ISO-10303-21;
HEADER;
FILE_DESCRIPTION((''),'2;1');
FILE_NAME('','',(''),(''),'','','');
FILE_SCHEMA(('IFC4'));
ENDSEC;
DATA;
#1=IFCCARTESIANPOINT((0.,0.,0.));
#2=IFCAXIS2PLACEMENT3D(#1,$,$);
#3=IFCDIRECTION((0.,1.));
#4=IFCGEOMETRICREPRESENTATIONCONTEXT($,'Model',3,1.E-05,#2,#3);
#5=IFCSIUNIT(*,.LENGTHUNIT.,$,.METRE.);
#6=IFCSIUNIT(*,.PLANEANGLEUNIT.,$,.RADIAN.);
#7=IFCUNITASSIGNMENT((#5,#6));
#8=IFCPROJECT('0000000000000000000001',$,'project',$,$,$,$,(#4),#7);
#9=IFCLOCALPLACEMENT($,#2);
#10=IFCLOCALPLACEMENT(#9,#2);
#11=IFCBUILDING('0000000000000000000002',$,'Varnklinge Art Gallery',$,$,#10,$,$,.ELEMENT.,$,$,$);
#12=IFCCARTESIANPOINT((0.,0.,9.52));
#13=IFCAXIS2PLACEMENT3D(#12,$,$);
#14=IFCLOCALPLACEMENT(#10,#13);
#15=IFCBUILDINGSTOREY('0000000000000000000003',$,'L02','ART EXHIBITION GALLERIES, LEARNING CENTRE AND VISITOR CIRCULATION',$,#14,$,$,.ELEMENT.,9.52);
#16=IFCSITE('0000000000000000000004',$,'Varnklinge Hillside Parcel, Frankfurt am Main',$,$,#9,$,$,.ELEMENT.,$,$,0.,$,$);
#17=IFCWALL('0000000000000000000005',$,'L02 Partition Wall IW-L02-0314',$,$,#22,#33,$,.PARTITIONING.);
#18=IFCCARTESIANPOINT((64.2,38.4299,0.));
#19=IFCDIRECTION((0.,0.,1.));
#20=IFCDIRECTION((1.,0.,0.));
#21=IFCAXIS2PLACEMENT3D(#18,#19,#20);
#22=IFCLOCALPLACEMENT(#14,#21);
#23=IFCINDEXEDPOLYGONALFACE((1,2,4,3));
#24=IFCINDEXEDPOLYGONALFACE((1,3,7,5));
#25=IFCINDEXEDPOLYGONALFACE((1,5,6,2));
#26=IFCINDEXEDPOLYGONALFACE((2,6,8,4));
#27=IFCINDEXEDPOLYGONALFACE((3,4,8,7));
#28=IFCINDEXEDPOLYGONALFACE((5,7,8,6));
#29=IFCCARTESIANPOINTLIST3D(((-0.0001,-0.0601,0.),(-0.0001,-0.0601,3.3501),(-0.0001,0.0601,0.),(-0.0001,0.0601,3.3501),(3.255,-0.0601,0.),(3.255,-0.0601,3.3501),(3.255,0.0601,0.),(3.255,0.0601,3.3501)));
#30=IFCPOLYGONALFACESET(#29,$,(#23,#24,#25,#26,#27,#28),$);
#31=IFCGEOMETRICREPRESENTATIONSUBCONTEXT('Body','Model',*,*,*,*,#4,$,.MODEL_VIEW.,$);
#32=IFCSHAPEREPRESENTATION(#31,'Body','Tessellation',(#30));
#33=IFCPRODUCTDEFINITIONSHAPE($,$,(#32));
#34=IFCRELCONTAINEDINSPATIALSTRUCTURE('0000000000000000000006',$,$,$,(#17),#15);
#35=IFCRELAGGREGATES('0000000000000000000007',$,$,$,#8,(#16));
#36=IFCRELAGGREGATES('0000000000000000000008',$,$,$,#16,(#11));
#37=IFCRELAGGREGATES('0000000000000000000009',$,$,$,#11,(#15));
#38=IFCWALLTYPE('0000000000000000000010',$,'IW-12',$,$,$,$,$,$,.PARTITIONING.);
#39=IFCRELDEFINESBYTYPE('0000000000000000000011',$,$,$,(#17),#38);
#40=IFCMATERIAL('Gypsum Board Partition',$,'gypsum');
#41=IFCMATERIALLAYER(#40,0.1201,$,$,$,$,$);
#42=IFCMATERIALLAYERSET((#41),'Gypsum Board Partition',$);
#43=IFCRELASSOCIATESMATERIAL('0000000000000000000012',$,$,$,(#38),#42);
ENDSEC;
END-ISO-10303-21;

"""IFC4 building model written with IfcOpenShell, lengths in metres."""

from ifc_helpers import new_model, si_unit, direction, frame, frame_2d, origin, place, context, subcontext, project, spatial, rectangle, extrude, material, layer, layer_set, type_object, element, save


model = new_model("IFC4")

# Units and contexts
model_context = context("Model", 3, precision=1e-05, world=origin(), true_north=direction((0.0, 1.0)))
body_context = subcontext(model_context, "Body", "Model", "MODEL_VIEW")
ifc_project = project(units=[si_unit("LENGTHUNIT", "METRE"), si_unit("PLANEANGLEUNIT", "RADIAN")], contexts=[model_context])

# Site, building, storey
site_placement = place(None, origin())
site = spatial("IfcSite", under=ifc_project, at=site_placement, Name="Varnklinge Hillside Parcel, Frankfurt am Main", CompositionType="ELEMENT", RefElevation=0.0)
building_placement = place(site_placement, origin())
building = spatial("IfcBuilding", under=site, at=building_placement, Name="Varnklinge Art Gallery", CompositionType="ELEMENT")
storey_placement = place(building_placement, frame((0.0, 0.0, 9.52)))
storey = spatial("IfcBuildingStorey", under=building, at=storey_placement, Name="L02", Description="ART EXHIBITION GALLERIES, LEARNING CENTRE AND VISITOR CIRCULATION", CompositionType="ELEMENT", Elevation=9.52)

# Shared definitions
ifc_material_1 = material(Name="Gypsum Board Partition", Category="gypsum")
ifc_layer_1 = layer(ifc_material_1, 0.1201)
ifc_layer_set_1 = layer_set([ifc_layer_1], Name="Gypsum Board Partition")
wall_type_1 = type_object("IfcWallType", Name="IW-12", PredefinedType="PARTITIONING", material=ifc_layer_set_1)

# Wall
wall_1_placement = place(storey_placement, frame((64.2, 38.4299, 0.0), z_axis=(0.0, 0.0, 1.0), x_axis=(1.0, 0.0, 0.0)))
element("IfcWall", 1, at=wall_1_placement, inside=storey, type_object=wall_type_1, Name="L02 Partition Wall IW-L02-0314", PredefinedType="PARTITIONING", context=body_context, shape_type="SweptSolid", body=[
    extrude(rectangle(XDim=3.2551, YDim=0.1201, at=frame_2d((1.6274, 0.0))), origin(), (0.0, 0.0, 1.0), 3.3501),
])

save(model, "model.ifc")
